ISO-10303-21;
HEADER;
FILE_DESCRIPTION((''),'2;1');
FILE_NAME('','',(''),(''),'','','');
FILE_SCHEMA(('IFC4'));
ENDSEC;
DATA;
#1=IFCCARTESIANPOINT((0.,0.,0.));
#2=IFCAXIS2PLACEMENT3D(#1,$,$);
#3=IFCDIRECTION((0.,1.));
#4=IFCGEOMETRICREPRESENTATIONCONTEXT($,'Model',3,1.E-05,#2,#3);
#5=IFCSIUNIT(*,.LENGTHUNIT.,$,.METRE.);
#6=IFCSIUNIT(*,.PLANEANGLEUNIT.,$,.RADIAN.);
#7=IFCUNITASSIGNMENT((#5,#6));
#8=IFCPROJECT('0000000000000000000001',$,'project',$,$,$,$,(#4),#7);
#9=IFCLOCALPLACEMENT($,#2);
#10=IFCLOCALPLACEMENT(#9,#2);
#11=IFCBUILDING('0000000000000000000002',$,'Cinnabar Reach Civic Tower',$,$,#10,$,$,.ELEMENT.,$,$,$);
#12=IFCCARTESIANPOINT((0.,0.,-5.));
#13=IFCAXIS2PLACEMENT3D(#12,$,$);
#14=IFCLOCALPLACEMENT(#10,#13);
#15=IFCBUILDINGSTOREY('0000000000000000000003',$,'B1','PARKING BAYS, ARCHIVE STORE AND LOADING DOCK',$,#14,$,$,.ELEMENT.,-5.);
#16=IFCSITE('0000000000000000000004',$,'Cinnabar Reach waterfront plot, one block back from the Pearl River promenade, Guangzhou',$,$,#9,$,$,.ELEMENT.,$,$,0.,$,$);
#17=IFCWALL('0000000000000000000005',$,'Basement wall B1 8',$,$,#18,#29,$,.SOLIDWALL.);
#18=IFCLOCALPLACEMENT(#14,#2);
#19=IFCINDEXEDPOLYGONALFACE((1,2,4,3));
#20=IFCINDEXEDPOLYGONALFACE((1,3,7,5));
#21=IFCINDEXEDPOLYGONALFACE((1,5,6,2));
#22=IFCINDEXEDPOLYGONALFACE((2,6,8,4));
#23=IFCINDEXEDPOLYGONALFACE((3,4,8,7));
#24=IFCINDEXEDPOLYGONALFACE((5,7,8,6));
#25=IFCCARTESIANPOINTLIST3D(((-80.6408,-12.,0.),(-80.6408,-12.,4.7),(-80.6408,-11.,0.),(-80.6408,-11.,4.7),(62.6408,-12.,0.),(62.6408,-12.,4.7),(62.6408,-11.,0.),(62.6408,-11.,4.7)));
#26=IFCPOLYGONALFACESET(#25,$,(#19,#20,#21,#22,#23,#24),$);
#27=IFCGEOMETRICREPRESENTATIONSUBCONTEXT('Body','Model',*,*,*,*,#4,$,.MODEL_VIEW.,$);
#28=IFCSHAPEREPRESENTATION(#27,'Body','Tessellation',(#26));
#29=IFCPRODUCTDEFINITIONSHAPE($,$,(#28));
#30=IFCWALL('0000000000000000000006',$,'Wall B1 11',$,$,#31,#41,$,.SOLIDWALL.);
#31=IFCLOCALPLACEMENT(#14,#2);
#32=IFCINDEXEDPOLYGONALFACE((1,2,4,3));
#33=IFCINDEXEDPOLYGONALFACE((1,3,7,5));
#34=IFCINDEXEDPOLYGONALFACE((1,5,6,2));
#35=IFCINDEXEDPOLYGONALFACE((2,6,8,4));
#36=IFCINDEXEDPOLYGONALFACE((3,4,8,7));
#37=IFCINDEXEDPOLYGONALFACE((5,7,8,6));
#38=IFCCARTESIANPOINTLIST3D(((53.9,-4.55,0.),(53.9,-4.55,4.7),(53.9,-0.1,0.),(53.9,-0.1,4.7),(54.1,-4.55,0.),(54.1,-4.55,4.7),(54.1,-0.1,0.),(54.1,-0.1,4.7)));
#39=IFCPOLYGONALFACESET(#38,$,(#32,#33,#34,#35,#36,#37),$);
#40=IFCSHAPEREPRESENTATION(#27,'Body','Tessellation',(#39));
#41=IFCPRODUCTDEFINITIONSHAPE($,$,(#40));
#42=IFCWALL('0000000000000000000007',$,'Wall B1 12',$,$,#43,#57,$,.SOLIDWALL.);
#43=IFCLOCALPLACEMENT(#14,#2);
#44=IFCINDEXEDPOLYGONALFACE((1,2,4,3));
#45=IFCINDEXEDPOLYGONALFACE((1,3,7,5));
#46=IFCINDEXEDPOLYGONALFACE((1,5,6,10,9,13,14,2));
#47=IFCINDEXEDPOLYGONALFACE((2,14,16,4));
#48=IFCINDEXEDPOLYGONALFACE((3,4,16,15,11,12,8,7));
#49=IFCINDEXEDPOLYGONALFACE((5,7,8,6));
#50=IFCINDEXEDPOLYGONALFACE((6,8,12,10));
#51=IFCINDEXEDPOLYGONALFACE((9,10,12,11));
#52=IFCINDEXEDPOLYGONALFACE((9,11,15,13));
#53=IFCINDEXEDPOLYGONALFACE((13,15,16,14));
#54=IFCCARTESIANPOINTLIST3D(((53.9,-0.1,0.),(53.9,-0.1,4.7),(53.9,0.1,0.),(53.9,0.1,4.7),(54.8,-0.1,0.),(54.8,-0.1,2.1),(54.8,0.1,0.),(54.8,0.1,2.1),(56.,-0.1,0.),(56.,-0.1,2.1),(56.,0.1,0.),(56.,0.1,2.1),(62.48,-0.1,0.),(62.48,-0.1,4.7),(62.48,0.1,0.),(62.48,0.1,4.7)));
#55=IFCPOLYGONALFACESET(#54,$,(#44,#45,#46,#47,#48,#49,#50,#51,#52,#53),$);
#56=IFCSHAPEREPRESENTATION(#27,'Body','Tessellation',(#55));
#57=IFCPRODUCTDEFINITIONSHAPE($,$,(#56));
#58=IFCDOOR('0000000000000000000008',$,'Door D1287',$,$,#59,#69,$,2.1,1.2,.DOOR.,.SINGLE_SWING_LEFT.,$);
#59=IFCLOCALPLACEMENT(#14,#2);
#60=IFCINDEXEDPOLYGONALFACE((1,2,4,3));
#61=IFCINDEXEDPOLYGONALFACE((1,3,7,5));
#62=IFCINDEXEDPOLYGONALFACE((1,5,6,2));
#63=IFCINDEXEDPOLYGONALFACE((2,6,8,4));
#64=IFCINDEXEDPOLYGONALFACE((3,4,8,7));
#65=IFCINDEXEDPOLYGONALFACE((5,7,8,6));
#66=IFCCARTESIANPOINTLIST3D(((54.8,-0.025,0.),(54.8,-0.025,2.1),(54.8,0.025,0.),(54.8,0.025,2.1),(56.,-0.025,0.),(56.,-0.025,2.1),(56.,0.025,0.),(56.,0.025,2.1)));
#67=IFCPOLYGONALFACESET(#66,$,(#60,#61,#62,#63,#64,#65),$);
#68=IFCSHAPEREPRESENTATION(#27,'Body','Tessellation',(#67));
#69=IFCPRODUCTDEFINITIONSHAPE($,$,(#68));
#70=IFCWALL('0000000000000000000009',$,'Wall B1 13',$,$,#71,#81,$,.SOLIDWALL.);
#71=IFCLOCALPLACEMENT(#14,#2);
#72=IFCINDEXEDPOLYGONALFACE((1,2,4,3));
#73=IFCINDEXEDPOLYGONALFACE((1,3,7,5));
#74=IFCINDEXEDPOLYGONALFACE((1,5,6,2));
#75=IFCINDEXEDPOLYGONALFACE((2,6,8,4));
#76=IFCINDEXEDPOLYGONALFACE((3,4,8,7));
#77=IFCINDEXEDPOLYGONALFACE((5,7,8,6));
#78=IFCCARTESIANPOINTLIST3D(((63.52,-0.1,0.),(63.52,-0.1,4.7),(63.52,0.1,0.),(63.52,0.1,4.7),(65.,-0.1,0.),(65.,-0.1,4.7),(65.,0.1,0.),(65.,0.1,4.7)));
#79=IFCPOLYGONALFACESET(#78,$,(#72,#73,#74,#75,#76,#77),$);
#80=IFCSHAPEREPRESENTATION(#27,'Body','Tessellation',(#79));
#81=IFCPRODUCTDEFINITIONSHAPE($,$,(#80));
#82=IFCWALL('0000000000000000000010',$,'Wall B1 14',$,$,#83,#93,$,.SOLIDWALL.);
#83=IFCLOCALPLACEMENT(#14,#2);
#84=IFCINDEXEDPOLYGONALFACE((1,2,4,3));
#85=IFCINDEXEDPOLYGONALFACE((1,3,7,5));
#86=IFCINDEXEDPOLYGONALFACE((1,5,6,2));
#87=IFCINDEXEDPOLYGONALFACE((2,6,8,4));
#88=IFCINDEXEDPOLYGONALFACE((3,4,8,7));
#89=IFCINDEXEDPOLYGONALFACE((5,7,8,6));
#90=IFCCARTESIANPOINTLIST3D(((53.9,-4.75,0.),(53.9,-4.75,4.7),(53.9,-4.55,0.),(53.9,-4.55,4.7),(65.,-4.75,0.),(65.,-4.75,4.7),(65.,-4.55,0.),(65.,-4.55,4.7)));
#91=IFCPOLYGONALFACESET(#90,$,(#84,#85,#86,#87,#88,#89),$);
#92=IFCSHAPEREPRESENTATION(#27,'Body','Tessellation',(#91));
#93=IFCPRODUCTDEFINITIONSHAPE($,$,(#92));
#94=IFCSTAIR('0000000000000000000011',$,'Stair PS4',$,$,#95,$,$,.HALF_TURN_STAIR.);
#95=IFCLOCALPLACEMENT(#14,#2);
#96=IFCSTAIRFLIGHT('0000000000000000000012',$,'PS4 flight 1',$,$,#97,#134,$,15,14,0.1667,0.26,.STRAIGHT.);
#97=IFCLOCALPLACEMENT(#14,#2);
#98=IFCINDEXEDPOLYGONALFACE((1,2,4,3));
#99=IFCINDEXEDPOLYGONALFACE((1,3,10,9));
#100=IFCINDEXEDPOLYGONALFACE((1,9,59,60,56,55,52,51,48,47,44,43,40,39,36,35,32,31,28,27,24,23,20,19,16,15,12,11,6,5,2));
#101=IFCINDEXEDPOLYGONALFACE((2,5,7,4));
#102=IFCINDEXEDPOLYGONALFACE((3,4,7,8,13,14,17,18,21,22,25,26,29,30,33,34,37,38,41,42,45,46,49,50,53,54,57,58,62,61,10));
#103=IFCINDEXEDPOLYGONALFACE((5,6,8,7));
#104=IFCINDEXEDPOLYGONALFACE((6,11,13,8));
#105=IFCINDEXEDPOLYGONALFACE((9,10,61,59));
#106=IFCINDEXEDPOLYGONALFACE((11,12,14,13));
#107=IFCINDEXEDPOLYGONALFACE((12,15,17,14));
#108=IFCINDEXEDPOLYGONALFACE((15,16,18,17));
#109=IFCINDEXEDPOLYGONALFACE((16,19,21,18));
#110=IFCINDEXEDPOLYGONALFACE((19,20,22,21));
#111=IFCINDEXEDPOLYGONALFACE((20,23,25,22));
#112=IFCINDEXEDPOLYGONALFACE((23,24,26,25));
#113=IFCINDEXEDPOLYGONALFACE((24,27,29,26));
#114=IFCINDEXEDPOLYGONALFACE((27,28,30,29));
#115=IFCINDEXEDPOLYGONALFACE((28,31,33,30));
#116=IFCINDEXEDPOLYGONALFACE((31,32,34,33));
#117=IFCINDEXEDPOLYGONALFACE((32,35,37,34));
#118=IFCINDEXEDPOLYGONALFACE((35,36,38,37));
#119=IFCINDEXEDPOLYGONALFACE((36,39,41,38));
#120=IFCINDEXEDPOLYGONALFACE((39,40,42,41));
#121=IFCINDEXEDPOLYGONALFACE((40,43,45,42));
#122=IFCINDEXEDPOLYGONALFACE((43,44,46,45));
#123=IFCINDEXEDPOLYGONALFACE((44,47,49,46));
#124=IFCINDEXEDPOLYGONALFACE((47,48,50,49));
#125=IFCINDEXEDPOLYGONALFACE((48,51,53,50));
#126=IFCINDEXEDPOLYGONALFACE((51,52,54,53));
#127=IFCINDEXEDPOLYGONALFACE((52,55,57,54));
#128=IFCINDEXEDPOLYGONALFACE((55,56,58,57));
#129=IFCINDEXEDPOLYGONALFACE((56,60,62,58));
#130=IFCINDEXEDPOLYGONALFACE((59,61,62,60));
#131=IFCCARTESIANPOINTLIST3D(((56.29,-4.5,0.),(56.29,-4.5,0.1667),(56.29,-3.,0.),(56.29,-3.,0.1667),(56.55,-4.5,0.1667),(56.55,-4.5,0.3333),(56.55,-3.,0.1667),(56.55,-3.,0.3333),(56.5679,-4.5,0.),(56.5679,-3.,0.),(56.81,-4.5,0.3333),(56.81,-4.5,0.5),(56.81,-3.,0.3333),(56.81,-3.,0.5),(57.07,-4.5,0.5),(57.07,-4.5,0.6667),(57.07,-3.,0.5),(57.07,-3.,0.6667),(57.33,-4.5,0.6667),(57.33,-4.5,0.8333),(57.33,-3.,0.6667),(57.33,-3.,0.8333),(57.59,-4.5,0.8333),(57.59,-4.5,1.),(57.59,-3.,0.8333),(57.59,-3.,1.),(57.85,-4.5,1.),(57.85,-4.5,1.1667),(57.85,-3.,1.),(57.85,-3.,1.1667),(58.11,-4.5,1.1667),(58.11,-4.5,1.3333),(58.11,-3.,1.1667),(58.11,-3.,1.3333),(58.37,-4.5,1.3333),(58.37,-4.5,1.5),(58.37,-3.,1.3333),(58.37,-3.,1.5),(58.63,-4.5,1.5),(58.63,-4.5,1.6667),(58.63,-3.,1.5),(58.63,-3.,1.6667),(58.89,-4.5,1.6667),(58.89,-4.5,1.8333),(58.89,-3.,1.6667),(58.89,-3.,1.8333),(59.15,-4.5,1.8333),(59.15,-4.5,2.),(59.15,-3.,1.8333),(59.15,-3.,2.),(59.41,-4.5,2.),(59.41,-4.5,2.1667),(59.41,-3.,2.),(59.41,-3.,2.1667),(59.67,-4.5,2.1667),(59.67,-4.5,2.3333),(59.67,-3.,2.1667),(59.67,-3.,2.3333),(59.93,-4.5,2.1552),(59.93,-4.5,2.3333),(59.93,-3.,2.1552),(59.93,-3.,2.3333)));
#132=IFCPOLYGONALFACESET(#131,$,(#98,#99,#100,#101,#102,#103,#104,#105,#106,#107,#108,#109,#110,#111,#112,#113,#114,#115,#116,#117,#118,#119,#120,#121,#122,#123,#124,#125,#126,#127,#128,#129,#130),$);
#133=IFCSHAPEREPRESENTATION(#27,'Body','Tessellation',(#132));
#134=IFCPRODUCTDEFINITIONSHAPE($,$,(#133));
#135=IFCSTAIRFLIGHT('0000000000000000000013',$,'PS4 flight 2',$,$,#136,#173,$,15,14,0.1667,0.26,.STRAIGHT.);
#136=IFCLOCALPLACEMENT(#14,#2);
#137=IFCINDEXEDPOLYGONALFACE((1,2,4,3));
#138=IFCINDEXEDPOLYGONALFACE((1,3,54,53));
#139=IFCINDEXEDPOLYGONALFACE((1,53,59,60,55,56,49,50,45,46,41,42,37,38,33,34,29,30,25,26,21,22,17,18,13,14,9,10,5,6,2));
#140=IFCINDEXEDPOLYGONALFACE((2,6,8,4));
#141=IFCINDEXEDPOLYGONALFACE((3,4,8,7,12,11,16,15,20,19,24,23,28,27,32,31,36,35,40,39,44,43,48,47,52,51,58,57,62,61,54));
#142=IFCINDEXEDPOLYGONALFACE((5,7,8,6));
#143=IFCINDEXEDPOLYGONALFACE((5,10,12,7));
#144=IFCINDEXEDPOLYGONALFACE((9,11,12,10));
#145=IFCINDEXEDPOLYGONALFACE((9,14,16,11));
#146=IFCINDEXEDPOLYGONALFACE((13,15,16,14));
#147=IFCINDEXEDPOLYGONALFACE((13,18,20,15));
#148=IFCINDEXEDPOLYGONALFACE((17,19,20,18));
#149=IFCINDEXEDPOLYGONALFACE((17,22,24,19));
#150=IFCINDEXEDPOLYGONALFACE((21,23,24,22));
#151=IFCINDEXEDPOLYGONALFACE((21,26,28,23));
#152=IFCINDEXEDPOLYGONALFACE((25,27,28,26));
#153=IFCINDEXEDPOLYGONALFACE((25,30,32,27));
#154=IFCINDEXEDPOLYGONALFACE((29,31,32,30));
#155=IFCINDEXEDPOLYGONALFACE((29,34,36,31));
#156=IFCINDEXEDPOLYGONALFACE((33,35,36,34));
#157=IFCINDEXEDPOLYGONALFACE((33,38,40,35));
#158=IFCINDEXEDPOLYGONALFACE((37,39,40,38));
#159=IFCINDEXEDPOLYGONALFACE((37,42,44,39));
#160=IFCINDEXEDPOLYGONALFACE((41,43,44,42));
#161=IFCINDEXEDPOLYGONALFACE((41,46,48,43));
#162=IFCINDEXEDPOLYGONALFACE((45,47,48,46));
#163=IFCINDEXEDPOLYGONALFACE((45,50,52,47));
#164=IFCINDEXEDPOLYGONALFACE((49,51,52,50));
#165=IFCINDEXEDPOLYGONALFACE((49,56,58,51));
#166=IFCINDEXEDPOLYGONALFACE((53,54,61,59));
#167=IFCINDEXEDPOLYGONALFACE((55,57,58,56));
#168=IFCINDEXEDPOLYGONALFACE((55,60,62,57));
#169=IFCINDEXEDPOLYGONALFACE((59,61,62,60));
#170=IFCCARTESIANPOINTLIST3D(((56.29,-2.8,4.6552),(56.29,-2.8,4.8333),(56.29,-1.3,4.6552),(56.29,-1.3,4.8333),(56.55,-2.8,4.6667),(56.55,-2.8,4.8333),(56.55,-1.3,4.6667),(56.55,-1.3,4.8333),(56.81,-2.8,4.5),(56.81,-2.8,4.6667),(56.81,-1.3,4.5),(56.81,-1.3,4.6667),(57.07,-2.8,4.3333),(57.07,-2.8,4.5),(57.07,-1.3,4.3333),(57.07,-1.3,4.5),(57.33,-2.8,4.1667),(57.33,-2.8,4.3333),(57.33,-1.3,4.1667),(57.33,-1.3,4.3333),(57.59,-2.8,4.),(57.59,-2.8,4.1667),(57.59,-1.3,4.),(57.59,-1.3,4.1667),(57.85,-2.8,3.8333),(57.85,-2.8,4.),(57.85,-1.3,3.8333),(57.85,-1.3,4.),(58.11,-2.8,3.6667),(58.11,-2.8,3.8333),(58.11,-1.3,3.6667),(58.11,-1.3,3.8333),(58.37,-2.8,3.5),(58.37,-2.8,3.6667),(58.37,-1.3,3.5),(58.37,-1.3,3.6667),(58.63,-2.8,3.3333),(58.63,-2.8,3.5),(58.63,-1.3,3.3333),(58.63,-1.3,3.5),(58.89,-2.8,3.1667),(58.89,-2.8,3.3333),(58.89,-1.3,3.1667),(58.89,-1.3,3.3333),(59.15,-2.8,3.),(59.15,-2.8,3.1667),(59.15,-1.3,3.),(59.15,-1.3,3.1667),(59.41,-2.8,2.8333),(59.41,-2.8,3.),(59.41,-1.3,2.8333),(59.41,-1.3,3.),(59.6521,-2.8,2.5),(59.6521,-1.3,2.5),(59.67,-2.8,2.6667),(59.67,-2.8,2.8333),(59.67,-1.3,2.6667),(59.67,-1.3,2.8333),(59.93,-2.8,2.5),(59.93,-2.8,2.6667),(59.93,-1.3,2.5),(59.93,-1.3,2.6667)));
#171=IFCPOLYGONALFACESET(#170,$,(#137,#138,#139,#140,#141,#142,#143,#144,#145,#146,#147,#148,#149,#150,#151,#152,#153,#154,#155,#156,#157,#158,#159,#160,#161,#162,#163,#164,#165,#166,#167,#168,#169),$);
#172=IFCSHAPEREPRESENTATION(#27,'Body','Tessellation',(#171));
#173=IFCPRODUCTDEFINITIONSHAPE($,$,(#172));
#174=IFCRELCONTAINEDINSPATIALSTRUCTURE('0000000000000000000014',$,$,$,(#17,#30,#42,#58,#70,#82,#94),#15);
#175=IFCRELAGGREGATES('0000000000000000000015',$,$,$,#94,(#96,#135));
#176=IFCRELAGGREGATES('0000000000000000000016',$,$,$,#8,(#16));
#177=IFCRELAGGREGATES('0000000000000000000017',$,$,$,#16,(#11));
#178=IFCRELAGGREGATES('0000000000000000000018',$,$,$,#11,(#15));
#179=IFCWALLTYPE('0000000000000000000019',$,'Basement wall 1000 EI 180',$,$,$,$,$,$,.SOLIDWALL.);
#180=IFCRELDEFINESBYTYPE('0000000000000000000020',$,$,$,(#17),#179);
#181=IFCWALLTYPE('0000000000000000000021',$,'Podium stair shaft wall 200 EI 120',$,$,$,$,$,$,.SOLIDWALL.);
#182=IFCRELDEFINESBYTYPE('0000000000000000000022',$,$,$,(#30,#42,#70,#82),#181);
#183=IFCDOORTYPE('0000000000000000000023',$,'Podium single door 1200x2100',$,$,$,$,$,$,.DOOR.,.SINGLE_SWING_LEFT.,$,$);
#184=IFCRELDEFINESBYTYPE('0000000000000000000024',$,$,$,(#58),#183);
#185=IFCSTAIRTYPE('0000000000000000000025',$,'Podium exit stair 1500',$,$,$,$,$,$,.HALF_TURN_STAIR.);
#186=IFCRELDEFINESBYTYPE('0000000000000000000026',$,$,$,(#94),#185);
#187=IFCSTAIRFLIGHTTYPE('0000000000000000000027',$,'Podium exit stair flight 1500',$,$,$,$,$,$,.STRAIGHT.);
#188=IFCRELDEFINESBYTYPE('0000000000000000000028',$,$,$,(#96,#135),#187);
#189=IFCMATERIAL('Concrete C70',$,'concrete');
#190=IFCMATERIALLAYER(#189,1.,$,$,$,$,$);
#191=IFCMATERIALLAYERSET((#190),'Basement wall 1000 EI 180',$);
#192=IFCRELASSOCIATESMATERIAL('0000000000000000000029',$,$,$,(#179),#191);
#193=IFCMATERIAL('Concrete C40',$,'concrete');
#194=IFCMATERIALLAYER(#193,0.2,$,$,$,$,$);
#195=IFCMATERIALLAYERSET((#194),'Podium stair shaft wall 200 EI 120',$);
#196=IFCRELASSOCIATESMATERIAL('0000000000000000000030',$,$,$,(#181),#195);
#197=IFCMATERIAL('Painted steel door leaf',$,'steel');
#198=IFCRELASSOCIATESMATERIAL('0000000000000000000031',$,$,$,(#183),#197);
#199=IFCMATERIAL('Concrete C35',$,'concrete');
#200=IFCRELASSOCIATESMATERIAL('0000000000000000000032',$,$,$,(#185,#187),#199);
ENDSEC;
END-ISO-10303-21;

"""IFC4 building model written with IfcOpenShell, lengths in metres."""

from ifc_helpers import new_model, si_unit, direction, frame, frame_2d, origin, place, context, subcontext, project, spatial, polyline, rectangle, outline, extrude, material, layer, layer_set, type_object, element, fill, aggregate, save


model = new_model("IFC4")

# Units and contexts
model_context = context("Model", 3, precision=1e-05, world=origin(), true_north=direction((0.0, 1.0)))
body_context = subcontext(model_context, "Body", "Model", "MODEL_VIEW")
ifc_project = project(units=[si_unit("LENGTHUNIT", "METRE"), si_unit("PLANEANGLEUNIT", "RADIAN")], contexts=[model_context])

# Site, building, storey
site_placement = place(None, origin())
site = spatial("IfcSite", under=ifc_project, at=site_placement, Name="Cinnabar Reach waterfront plot, one block back from the Pearl River promenade, Guangzhou", CompositionType="ELEMENT", RefElevation=0.0)
building_placement = place(site_placement, origin())
building = spatial("IfcBuilding", under=site, at=building_placement, Name="Cinnabar Reach Civic Tower", CompositionType="ELEMENT")
storey_placement = place(building_placement, frame((0.0, 0.0, -5.0)))
storey = spatial("IfcBuildingStorey", under=building, at=storey_placement, Name="B1", Description="PARKING BAYS, ARCHIVE STORE AND LOADING DOCK", CompositionType="ELEMENT", Elevation=-5.0)

# Shared definitions
ifc_material_1 = material(Name="Concrete C70", Category="concrete")

# Walls
ifc_layer_1 = layer(ifc_material_1, 1.0)
ifc_layer_set_1 = layer_set([ifc_layer_1], Name="Basement wall 1000 EI 180")
wall_type_1 = type_object("IfcWallType", Name="Basement wall 1000 EI 180", PredefinedType="SOLIDWALL", material=ifc_layer_set_1)
wall_1_placement = place(storey_placement, frame((62.6408, -11.5, 0.0), z_axis=(0.0, 0.0, 1.0), x_axis=(-1.0, 0.0, 0.0)))
element("IfcWall", 1, at=wall_1_placement, inside=storey, type_object=wall_type_1, Name="Basement wall B1 8", PredefinedType="SOLIDWALL", context=body_context, shape_type="SweptSolid", body=[
    extrude(rectangle(XDim=143.2816, YDim=1.0, at=frame_2d((71.6408, 0.0))), origin(), (0.0, 0.0, 1.0), 4.7),
])
ifc_material_2 = material(Name="Concrete C40", Category="concrete")
ifc_layer_2 = layer(ifc_material_2, 0.2)
ifc_layer_set_2 = layer_set([ifc_layer_2], Name="Podium stair shaft wall 200 EI 120")
wall_type_2 = type_object("IfcWallType", Name="Podium stair shaft wall 200 EI 120", PredefinedType="SOLIDWALL", material=ifc_layer_set_2)
wall_2_placement = place(storey_placement, frame((54.0, -4.55, 0.0), z_axis=(0.0, 0.0, 1.0), x_axis=(0.0, 1.0, 0.0)))
element("IfcWall", 2, at=wall_2_placement, inside=storey, type_object=wall_type_2, Name="Wall B1 11", PredefinedType="SOLIDWALL", context=body_context, shape_type="SweptSolid", body=[
    extrude(rectangle(XDim=4.45, YDim=0.2, at=frame_2d((2.225, 0.0))), origin(), (0.0, 0.0, 1.0), 4.7),
])

# Wall, opening, door
wall_3_placement = place(storey_placement, frame((53.9, 0.0, 0.0), z_axis=(0.0, 0.0, 1.0), x_axis=(1.0, 0.0, 0.0)))
wall_3 = element("IfcWall", 3, at=wall_3_placement, inside=storey, type_object=wall_type_2, Name="Wall B1 12", PredefinedType="SOLIDWALL", context=body_context, shape_type="SweptSolid", body=[
    extrude(rectangle(XDim=8.58, YDim=0.2, at=frame_2d((4.29, 0.0))), origin(), (0.0, 0.0, 1.0), 4.7),
])
opening_placement = place(wall_3_placement, frame((0.9, 0.0, 0.0)))
opening = element("IfcOpeningElement", 4, at=opening_placement, cuts=wall_3, PredefinedType="OPENING", context=body_context, shape_type="SweptSolid", body=[
    extrude(rectangle(XDim=1.2, YDim=2.1, at=frame_2d((0.6, 1.05))), frame((0.0, 0.11, 0.0), z_axis=(0.0, -1.0, 0.0), x_axis=(1.0, 0.0, 0.0)), (0.0, 0.0, 1.0), 0.22),
])
ifc_material_3 = material(Name="Painted steel door leaf", Category="steel")
door_type = type_object("IfcDoorType", Name="Podium single door 1200x2100", OperationType="SINGLE_SWING_LEFT", PredefinedType="DOOR", material=ifc_material_3)
door_placement = place(opening_placement, frame((1.2, 0.0, 0.0), z_axis=(0.0, 0.0, 1.0), x_axis=(-1.0, 0.0, 0.0)))
door = element("IfcDoor", 5, at=door_placement, inside=storey, type_object=door_type, Name="Door D1287", OperationType="SINGLE_SWING_LEFT", OverallHeight=2.1, OverallWidth=1.2, PredefinedType="DOOR", context=body_context, shape_type="SweptSolid", body=[
    extrude(rectangle(XDim=1.2, YDim=2.1, at=frame_2d((0.6, 1.05))), frame((0.0, 0.025, 0.0), z_axis=(0.0, -1.0, 0.0), x_axis=(1.0, 0.0, 0.0)), (0.0, 0.0, 1.0), 0.05),
])
fill(opening, door)

# Walls
wall_4_placement = place(storey_placement, frame((63.52, 0.0, 0.0), z_axis=(0.0, 0.0, 1.0), x_axis=(1.0, 0.0, 0.0)))
element("IfcWall", 6, at=wall_4_placement, inside=storey, type_object=wall_type_2, Name="Wall B1 13", PredefinedType="SOLIDWALL", context=body_context, shape_type="SweptSolid", body=[
    extrude(rectangle(XDim=1.48, YDim=0.2, at=frame_2d((0.74, 0.0))), origin(), (0.0, 0.0, 1.0), 4.7),
])
wall_5_placement = place(storey_placement, frame((53.9, -4.65, 0.0), z_axis=(0.0, 0.0, 1.0), x_axis=(1.0, 0.0, 0.0)))
element("IfcWall", 7, at=wall_5_placement, inside=storey, type_object=wall_type_2, Name="Wall B1 14", PredefinedType="SOLIDWALL", context=body_context, shape_type="SweptSolid", body=[
    extrude(rectangle(XDim=11.1, YDim=0.2, at=frame_2d((5.55, 0.0))), origin(), (0.0, 0.0, 1.0), 4.7),
])

# Stair, stair flights
ifc_material_4 = material(Name="Concrete C35", Category="concrete")
stair_type = type_object("IfcStairType", Name="Podium exit stair 1500", PredefinedType="HALF_TURN_STAIR", material=ifc_material_4)
stair_placement = place(storey_placement, origin())
stair = element("IfcStair", 8, at=stair_placement, inside=storey, type_object=stair_type, Name="Stair PS4", PredefinedType="HALF_TURN_STAIR")
stair_flight_type = type_object("IfcStairFlightType", Name="Podium exit stair flight 1500", PredefinedType="STRAIGHT", material=ifc_material_4)
stair_flight_1_placement = place(storey_placement, frame((56.29, -3.75, 0.0), z_axis=(0.0, 0.0, 1.0), x_axis=(1.0, 0.0, 0.0)))
stair_flight_1 = element("IfcStairFlight", 9, at=stair_flight_1_placement, type_object=stair_flight_type, Name="PS4 flight 1", NumberOfRisers=15, NumberOfTreads=14, PredefinedType="STRAIGHT", RiserHeight=0.1667, TreadLength=0.26, context=body_context, shape_type="SweptSolid", body=[
    extrude(outline(polyline([(0.0, 0.0), (0.0, 0.1667), (0.26, 0.1667), (0.26, 0.3333), (0.52, 0.3333), (0.52, 0.5), (0.78, 0.5), (0.78, 0.6667), (1.04, 0.6667), (1.04, 0.8333), (1.3, 0.8333), (1.3, 1.0), (1.56, 1.0), (1.56, 1.1667), (1.82, 1.1667), (1.82, 1.3333), (2.08, 1.3333), (2.08, 1.5), (2.34, 1.5), (2.34, 1.6667), (2.6, 1.6667), (2.6, 1.8333), (2.86, 1.8333), (2.86, 2.0), (3.12, 2.0), (3.12, 2.1667), (3.38, 2.1667), (3.38, 2.3333), (3.64, 2.3333), (3.64, 2.5), (3.64, 2.1552), (0.2779, 0.0), (0.0, 0.0)])), frame((0.0, 0.75, 0.0), z_axis=(0.0, -1.0, 0.0), x_axis=(1.0, 0.0, 0.0)), (0.0, 0.0, 1.0), 1.5),
])
stair_flight_2_placement = place(storey_placement, frame((59.93, -2.05, 2.5), z_axis=(0.0, 0.0, 1.0), x_axis=(-1.0, 0.0, 0.0)))
stair_flight_2 = element("IfcStairFlight", 10, at=stair_flight_2_placement, type_object=stair_flight_type, Name="PS4 flight 2", NumberOfRisers=15, NumberOfTreads=14, PredefinedType="STRAIGHT", RiserHeight=0.1667, TreadLength=0.26, context=body_context, shape_type="SweptSolid", body=[
    extrude(outline(polyline([(0.0, 0.0), (0.0, 0.1667), (0.26, 0.1667), (0.26, 0.3333), (0.52, 0.3333), (0.52, 0.5), (0.78, 0.5), (0.78, 0.6667), (1.04, 0.6667), (1.04, 0.8333), (1.3, 0.8333), (1.3, 1.0), (1.56, 1.0), (1.56, 1.1667), (1.82, 1.1667), (1.82, 1.3333), (2.08, 1.3333), (2.08, 1.5), (2.34, 1.5), (2.34, 1.6667), (2.6, 1.6667), (2.6, 1.8333), (2.86, 1.8333), (2.86, 2.0), (3.12, 2.0), (3.12, 2.1667), (3.38, 2.1667), (3.38, 2.3333), (3.64, 2.3333), (3.64, 2.5), (3.64, 2.1552), (0.2779, 0.0), (0.0, 0.0)])), frame((0.0, 0.75, 0.0), z_axis=(0.0, -1.0, 0.0), x_axis=(1.0, 0.0, 0.0)), (0.0, 0.0, 1.0), 1.5),
])
aggregate(stair, [stair_flight_1, stair_flight_2])

save(model, "model.ifc")
